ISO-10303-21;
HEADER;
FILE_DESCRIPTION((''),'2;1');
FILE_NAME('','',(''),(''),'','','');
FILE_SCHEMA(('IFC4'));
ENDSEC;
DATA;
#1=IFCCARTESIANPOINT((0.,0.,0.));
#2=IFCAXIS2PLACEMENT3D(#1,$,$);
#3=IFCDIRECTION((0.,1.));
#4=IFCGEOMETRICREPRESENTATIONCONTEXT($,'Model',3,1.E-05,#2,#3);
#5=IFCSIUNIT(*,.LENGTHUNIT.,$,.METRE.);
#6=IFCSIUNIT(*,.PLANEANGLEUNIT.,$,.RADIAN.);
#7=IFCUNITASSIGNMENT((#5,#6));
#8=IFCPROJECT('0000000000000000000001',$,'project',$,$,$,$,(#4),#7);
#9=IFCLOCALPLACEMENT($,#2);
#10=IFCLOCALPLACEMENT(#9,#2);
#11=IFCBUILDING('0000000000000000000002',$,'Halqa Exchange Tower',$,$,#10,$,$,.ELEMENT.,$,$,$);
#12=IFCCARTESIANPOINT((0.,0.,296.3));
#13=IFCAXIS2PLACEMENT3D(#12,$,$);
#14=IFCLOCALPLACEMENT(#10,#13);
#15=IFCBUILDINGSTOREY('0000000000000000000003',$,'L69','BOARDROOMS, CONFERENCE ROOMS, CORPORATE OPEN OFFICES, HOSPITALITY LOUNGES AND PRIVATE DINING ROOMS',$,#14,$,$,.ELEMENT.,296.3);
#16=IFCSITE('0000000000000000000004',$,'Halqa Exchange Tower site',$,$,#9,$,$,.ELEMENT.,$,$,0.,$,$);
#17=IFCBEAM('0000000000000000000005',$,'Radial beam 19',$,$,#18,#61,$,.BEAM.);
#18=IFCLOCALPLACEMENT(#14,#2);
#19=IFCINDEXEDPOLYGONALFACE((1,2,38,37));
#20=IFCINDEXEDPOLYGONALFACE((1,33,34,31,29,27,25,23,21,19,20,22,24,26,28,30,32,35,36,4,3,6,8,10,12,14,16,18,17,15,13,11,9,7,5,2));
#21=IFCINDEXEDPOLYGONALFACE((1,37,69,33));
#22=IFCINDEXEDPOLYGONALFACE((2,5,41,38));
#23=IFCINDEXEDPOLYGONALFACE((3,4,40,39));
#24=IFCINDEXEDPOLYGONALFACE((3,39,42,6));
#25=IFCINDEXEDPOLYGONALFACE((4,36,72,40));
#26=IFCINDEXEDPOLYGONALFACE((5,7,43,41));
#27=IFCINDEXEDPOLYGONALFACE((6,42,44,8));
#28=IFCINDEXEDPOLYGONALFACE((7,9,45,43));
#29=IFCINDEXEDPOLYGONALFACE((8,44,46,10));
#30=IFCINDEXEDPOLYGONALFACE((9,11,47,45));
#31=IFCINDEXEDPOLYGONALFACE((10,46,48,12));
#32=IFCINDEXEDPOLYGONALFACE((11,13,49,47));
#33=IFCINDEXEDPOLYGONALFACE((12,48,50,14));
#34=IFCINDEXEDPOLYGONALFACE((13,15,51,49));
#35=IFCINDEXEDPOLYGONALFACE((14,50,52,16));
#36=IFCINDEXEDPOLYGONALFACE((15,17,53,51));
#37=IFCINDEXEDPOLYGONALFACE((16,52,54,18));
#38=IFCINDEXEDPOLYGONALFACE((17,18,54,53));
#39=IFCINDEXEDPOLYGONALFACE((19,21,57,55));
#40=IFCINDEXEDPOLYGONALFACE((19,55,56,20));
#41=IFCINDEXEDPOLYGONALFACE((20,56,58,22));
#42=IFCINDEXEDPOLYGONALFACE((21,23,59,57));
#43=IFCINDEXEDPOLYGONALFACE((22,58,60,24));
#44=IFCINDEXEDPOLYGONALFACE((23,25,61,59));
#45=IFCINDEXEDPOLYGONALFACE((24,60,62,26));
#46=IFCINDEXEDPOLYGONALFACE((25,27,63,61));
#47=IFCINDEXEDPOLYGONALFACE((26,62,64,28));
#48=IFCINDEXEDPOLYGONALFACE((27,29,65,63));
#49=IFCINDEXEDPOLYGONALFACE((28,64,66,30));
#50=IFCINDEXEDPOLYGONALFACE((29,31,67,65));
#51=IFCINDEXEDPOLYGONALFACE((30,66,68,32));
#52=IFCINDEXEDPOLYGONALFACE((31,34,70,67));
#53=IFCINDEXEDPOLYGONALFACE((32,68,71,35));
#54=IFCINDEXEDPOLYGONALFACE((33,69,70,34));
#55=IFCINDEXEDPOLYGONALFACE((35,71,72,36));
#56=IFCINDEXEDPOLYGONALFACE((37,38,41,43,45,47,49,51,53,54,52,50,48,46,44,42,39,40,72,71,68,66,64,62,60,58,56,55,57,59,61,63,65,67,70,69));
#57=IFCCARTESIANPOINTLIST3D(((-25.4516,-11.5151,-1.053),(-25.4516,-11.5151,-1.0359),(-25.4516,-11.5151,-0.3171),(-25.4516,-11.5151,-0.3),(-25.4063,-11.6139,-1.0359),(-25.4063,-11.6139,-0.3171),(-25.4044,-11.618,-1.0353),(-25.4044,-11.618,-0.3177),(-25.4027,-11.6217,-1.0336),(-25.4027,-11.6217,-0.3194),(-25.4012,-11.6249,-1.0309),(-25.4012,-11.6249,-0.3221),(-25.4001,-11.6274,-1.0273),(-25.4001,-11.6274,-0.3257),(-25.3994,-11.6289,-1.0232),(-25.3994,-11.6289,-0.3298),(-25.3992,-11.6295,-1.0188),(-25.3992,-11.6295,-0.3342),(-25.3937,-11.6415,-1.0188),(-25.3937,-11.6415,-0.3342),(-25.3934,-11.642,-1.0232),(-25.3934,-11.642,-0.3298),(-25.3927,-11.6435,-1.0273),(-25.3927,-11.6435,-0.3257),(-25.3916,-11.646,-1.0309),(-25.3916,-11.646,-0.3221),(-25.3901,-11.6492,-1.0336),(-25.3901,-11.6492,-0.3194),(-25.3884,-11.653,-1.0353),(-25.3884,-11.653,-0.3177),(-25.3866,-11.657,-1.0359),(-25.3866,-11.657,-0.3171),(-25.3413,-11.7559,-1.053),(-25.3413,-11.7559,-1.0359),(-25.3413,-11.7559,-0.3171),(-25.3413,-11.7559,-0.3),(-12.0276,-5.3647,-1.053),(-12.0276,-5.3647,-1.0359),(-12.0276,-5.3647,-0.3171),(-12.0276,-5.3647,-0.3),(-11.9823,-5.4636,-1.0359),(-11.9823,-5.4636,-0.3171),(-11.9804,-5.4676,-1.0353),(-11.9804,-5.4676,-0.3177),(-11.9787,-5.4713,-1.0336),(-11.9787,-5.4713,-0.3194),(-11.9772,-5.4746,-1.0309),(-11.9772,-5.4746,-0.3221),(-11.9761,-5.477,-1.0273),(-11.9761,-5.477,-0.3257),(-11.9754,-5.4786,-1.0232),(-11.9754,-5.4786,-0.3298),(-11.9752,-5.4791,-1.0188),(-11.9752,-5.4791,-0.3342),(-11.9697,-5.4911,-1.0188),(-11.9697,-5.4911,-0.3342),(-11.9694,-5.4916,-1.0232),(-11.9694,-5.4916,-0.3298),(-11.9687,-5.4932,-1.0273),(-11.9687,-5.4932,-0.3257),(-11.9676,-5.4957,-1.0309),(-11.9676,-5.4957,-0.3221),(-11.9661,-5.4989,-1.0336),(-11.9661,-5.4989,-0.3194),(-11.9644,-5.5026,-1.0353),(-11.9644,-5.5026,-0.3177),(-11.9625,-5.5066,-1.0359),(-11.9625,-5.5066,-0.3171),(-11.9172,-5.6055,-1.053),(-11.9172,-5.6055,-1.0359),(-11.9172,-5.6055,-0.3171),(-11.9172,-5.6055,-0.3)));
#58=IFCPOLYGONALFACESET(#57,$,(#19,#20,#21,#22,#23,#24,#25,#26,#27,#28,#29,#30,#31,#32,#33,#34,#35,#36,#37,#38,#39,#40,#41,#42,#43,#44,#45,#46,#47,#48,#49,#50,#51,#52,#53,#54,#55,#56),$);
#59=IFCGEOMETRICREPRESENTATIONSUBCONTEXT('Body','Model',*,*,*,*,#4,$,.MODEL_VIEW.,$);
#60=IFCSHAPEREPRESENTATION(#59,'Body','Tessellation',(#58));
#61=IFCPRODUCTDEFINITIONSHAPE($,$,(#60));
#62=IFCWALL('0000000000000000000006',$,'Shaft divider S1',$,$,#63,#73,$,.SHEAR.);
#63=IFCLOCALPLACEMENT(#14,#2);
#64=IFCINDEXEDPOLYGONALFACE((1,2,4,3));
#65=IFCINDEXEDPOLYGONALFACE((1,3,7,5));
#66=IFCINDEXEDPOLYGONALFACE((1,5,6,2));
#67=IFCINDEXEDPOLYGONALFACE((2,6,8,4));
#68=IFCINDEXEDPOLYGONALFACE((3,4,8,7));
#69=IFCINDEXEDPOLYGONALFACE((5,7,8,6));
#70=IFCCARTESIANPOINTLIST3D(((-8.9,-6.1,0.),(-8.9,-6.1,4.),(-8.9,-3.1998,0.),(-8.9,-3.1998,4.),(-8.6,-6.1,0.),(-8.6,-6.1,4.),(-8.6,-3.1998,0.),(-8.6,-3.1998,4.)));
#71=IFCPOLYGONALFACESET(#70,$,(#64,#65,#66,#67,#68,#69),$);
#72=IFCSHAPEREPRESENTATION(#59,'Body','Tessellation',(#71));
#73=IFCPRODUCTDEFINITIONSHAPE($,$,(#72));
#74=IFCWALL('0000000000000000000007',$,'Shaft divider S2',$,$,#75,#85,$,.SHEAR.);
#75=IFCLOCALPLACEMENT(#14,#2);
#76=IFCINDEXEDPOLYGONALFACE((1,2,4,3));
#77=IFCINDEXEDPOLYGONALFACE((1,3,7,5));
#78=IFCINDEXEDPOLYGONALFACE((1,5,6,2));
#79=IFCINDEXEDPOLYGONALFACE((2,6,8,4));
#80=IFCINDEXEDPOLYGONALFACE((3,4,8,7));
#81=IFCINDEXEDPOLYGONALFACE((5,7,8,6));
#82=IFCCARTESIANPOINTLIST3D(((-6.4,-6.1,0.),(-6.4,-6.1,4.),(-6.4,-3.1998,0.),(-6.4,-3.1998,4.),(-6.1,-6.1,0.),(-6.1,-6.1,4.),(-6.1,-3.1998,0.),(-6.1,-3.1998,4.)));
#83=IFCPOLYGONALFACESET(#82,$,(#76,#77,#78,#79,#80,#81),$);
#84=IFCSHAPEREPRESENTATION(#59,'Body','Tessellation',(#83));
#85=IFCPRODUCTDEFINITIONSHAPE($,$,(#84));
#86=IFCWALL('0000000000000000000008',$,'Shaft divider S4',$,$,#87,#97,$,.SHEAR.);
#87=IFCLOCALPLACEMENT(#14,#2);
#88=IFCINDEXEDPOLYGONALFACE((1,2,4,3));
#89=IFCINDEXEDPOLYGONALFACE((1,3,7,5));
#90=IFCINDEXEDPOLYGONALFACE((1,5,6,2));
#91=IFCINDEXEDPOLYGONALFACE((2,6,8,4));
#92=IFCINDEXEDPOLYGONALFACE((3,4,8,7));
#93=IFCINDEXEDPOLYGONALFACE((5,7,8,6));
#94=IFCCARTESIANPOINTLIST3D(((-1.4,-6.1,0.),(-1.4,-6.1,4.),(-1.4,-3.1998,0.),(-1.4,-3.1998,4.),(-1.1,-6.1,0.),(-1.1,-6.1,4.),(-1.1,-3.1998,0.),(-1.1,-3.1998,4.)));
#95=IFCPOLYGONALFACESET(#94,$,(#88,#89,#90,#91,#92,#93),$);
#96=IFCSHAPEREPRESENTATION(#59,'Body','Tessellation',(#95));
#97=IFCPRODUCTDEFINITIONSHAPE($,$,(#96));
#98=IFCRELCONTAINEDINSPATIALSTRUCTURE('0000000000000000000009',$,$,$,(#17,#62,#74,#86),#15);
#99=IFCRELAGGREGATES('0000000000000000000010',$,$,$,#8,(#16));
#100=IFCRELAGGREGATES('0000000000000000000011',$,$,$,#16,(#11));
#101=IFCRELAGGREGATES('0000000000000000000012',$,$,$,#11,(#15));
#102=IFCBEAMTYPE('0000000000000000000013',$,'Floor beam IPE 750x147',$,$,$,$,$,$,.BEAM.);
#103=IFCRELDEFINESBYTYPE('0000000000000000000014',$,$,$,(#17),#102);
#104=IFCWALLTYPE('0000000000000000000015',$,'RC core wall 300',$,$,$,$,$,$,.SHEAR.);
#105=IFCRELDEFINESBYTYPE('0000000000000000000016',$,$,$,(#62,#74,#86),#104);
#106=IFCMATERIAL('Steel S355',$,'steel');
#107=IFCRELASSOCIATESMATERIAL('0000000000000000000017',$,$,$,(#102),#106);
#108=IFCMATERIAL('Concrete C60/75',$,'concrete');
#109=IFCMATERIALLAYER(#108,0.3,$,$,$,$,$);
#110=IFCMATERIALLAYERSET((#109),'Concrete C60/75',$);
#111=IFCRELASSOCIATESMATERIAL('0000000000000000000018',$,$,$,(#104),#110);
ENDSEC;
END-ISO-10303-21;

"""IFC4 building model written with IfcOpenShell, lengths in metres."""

from ifc_helpers import new_model, si_unit, direction, frame, frame_2d, origin, origin_2d, place, context, subcontext, project, spatial, rectangle, i_section, extrude, material, layer, layer_set, material_profile, profile_set, type_object, element, save


model = new_model("IFC4")

# Units and contexts
model_context = context("Model", 3, precision=1e-05, world=origin(), true_north=direction((0.0, 1.0)))
body_context = subcontext(model_context, "Body", "Model", "MODEL_VIEW")
ifc_project = project(units=[si_unit("LENGTHUNIT", "METRE"), si_unit("PLANEANGLEUNIT", "RADIAN")], contexts=[model_context])

# Site, building, storey
site_placement = place(None, origin())
site = spatial("IfcSite", under=ifc_project, at=site_placement, Name="Halqa Exchange Tower site", CompositionType="ELEMENT", RefElevation=0.0)
building_placement = place(site_placement, origin())
building = spatial("IfcBuilding", under=site, at=building_placement, Name="Halqa Exchange Tower", CompositionType="ELEMENT")
storey_placement = place(building_placement, frame((0.0, 0.0, 296.3)))
storey = spatial("IfcBuildingStorey", under=building, at=storey_placement, Name="L69", Description="BOARDROOMS, CONFERENCE ROOMS, CORPORATE OPEN OFFICES, HOSPITALITY LOUNGES AND PRIVATE DINING ROOMS", CompositionType="ELEMENT", Elevation=296.3)

# Beam
ifc_material_1 = material(Name="Steel S355", Category="steel")
ifc_material_profile = material_profile(ifc_material_1, i_section(OverallWidth=0.2649, OverallDepth=0.7529, WebThickness=0.0132, FlangeThickness=0.0171, FilletRadius=0.0171, at=origin_2d()), Name="IPE 750x147")
ifc_profile_set = profile_set([ifc_material_profile], Name="Steel S355")
beam_type = type_object("IfcBeamType", Name="Floor beam IPE 750x147", PredefinedType="BEAM", material=ifc_profile_set)
beam_placement = place(storey_placement, frame((-11.9724, -5.4851, -0.6765), z_axis=(-0.909124, -0.416525, 0.0), x_axis=(0.416525, -0.909124, 0.0)))
element("IfcBeam", 1, at=beam_placement, inside=storey, type_object=beam_type, Name="Radial beam 19", PredefinedType="BEAM", context=body_context, shape_type="SweptSolid", body=[
    extrude(i_section(OverallWidth=0.2649, OverallDepth=0.7529, WebThickness=0.0132, FlangeThickness=0.0171, FilletRadius=0.0171, at=origin_2d()), origin(), (0.0, 0.0, 1.0), 14.7659),
])

# Walls
ifc_material_2 = material(Name="Concrete C60/75", Category="concrete")
ifc_layer_1 = layer(ifc_material_2, 0.3)
ifc_layer_set_1 = layer_set([ifc_layer_1], Name="Concrete C60/75")
wall_type_1 = type_object("IfcWallType", Name="RC core wall 300", PredefinedType="SHEAR", material=ifc_layer_set_1)
for number, where, z_axis, x_axis, name in (
    (2, (-8.75, -6.1001, 0.0), (0.0, 0.0, 1.0), (0.0, 1.0, 0.0), "Shaft divider S1"),
    (3, (-6.25, -6.1001, 0.0), (0.0, 0.0, 1.0), (0.0, 1.0, 0.0), "Shaft divider S2"),
    (4, (-1.25, -6.1001, 0.0), (0.0, 0.0, 1.0), (0.0, 1.0, 0.0), "Shaft divider S4"),
):
    element("IfcWall", number, at=place(storey_placement, frame(where, z_axis=z_axis, x_axis=x_axis)), inside=storey, type_object=wall_type_1, Name=name, PredefinedType="SHEAR", context=body_context, shape_type="SweptSolid", body=[
        extrude(rectangle(XDim=2.9001, YDim=0.3, at=frame_2d((1.4502, 0.0))), origin(), (0.0, 0.0, 1.0), 4.0),
    ])

save(model, "model.ifc")
